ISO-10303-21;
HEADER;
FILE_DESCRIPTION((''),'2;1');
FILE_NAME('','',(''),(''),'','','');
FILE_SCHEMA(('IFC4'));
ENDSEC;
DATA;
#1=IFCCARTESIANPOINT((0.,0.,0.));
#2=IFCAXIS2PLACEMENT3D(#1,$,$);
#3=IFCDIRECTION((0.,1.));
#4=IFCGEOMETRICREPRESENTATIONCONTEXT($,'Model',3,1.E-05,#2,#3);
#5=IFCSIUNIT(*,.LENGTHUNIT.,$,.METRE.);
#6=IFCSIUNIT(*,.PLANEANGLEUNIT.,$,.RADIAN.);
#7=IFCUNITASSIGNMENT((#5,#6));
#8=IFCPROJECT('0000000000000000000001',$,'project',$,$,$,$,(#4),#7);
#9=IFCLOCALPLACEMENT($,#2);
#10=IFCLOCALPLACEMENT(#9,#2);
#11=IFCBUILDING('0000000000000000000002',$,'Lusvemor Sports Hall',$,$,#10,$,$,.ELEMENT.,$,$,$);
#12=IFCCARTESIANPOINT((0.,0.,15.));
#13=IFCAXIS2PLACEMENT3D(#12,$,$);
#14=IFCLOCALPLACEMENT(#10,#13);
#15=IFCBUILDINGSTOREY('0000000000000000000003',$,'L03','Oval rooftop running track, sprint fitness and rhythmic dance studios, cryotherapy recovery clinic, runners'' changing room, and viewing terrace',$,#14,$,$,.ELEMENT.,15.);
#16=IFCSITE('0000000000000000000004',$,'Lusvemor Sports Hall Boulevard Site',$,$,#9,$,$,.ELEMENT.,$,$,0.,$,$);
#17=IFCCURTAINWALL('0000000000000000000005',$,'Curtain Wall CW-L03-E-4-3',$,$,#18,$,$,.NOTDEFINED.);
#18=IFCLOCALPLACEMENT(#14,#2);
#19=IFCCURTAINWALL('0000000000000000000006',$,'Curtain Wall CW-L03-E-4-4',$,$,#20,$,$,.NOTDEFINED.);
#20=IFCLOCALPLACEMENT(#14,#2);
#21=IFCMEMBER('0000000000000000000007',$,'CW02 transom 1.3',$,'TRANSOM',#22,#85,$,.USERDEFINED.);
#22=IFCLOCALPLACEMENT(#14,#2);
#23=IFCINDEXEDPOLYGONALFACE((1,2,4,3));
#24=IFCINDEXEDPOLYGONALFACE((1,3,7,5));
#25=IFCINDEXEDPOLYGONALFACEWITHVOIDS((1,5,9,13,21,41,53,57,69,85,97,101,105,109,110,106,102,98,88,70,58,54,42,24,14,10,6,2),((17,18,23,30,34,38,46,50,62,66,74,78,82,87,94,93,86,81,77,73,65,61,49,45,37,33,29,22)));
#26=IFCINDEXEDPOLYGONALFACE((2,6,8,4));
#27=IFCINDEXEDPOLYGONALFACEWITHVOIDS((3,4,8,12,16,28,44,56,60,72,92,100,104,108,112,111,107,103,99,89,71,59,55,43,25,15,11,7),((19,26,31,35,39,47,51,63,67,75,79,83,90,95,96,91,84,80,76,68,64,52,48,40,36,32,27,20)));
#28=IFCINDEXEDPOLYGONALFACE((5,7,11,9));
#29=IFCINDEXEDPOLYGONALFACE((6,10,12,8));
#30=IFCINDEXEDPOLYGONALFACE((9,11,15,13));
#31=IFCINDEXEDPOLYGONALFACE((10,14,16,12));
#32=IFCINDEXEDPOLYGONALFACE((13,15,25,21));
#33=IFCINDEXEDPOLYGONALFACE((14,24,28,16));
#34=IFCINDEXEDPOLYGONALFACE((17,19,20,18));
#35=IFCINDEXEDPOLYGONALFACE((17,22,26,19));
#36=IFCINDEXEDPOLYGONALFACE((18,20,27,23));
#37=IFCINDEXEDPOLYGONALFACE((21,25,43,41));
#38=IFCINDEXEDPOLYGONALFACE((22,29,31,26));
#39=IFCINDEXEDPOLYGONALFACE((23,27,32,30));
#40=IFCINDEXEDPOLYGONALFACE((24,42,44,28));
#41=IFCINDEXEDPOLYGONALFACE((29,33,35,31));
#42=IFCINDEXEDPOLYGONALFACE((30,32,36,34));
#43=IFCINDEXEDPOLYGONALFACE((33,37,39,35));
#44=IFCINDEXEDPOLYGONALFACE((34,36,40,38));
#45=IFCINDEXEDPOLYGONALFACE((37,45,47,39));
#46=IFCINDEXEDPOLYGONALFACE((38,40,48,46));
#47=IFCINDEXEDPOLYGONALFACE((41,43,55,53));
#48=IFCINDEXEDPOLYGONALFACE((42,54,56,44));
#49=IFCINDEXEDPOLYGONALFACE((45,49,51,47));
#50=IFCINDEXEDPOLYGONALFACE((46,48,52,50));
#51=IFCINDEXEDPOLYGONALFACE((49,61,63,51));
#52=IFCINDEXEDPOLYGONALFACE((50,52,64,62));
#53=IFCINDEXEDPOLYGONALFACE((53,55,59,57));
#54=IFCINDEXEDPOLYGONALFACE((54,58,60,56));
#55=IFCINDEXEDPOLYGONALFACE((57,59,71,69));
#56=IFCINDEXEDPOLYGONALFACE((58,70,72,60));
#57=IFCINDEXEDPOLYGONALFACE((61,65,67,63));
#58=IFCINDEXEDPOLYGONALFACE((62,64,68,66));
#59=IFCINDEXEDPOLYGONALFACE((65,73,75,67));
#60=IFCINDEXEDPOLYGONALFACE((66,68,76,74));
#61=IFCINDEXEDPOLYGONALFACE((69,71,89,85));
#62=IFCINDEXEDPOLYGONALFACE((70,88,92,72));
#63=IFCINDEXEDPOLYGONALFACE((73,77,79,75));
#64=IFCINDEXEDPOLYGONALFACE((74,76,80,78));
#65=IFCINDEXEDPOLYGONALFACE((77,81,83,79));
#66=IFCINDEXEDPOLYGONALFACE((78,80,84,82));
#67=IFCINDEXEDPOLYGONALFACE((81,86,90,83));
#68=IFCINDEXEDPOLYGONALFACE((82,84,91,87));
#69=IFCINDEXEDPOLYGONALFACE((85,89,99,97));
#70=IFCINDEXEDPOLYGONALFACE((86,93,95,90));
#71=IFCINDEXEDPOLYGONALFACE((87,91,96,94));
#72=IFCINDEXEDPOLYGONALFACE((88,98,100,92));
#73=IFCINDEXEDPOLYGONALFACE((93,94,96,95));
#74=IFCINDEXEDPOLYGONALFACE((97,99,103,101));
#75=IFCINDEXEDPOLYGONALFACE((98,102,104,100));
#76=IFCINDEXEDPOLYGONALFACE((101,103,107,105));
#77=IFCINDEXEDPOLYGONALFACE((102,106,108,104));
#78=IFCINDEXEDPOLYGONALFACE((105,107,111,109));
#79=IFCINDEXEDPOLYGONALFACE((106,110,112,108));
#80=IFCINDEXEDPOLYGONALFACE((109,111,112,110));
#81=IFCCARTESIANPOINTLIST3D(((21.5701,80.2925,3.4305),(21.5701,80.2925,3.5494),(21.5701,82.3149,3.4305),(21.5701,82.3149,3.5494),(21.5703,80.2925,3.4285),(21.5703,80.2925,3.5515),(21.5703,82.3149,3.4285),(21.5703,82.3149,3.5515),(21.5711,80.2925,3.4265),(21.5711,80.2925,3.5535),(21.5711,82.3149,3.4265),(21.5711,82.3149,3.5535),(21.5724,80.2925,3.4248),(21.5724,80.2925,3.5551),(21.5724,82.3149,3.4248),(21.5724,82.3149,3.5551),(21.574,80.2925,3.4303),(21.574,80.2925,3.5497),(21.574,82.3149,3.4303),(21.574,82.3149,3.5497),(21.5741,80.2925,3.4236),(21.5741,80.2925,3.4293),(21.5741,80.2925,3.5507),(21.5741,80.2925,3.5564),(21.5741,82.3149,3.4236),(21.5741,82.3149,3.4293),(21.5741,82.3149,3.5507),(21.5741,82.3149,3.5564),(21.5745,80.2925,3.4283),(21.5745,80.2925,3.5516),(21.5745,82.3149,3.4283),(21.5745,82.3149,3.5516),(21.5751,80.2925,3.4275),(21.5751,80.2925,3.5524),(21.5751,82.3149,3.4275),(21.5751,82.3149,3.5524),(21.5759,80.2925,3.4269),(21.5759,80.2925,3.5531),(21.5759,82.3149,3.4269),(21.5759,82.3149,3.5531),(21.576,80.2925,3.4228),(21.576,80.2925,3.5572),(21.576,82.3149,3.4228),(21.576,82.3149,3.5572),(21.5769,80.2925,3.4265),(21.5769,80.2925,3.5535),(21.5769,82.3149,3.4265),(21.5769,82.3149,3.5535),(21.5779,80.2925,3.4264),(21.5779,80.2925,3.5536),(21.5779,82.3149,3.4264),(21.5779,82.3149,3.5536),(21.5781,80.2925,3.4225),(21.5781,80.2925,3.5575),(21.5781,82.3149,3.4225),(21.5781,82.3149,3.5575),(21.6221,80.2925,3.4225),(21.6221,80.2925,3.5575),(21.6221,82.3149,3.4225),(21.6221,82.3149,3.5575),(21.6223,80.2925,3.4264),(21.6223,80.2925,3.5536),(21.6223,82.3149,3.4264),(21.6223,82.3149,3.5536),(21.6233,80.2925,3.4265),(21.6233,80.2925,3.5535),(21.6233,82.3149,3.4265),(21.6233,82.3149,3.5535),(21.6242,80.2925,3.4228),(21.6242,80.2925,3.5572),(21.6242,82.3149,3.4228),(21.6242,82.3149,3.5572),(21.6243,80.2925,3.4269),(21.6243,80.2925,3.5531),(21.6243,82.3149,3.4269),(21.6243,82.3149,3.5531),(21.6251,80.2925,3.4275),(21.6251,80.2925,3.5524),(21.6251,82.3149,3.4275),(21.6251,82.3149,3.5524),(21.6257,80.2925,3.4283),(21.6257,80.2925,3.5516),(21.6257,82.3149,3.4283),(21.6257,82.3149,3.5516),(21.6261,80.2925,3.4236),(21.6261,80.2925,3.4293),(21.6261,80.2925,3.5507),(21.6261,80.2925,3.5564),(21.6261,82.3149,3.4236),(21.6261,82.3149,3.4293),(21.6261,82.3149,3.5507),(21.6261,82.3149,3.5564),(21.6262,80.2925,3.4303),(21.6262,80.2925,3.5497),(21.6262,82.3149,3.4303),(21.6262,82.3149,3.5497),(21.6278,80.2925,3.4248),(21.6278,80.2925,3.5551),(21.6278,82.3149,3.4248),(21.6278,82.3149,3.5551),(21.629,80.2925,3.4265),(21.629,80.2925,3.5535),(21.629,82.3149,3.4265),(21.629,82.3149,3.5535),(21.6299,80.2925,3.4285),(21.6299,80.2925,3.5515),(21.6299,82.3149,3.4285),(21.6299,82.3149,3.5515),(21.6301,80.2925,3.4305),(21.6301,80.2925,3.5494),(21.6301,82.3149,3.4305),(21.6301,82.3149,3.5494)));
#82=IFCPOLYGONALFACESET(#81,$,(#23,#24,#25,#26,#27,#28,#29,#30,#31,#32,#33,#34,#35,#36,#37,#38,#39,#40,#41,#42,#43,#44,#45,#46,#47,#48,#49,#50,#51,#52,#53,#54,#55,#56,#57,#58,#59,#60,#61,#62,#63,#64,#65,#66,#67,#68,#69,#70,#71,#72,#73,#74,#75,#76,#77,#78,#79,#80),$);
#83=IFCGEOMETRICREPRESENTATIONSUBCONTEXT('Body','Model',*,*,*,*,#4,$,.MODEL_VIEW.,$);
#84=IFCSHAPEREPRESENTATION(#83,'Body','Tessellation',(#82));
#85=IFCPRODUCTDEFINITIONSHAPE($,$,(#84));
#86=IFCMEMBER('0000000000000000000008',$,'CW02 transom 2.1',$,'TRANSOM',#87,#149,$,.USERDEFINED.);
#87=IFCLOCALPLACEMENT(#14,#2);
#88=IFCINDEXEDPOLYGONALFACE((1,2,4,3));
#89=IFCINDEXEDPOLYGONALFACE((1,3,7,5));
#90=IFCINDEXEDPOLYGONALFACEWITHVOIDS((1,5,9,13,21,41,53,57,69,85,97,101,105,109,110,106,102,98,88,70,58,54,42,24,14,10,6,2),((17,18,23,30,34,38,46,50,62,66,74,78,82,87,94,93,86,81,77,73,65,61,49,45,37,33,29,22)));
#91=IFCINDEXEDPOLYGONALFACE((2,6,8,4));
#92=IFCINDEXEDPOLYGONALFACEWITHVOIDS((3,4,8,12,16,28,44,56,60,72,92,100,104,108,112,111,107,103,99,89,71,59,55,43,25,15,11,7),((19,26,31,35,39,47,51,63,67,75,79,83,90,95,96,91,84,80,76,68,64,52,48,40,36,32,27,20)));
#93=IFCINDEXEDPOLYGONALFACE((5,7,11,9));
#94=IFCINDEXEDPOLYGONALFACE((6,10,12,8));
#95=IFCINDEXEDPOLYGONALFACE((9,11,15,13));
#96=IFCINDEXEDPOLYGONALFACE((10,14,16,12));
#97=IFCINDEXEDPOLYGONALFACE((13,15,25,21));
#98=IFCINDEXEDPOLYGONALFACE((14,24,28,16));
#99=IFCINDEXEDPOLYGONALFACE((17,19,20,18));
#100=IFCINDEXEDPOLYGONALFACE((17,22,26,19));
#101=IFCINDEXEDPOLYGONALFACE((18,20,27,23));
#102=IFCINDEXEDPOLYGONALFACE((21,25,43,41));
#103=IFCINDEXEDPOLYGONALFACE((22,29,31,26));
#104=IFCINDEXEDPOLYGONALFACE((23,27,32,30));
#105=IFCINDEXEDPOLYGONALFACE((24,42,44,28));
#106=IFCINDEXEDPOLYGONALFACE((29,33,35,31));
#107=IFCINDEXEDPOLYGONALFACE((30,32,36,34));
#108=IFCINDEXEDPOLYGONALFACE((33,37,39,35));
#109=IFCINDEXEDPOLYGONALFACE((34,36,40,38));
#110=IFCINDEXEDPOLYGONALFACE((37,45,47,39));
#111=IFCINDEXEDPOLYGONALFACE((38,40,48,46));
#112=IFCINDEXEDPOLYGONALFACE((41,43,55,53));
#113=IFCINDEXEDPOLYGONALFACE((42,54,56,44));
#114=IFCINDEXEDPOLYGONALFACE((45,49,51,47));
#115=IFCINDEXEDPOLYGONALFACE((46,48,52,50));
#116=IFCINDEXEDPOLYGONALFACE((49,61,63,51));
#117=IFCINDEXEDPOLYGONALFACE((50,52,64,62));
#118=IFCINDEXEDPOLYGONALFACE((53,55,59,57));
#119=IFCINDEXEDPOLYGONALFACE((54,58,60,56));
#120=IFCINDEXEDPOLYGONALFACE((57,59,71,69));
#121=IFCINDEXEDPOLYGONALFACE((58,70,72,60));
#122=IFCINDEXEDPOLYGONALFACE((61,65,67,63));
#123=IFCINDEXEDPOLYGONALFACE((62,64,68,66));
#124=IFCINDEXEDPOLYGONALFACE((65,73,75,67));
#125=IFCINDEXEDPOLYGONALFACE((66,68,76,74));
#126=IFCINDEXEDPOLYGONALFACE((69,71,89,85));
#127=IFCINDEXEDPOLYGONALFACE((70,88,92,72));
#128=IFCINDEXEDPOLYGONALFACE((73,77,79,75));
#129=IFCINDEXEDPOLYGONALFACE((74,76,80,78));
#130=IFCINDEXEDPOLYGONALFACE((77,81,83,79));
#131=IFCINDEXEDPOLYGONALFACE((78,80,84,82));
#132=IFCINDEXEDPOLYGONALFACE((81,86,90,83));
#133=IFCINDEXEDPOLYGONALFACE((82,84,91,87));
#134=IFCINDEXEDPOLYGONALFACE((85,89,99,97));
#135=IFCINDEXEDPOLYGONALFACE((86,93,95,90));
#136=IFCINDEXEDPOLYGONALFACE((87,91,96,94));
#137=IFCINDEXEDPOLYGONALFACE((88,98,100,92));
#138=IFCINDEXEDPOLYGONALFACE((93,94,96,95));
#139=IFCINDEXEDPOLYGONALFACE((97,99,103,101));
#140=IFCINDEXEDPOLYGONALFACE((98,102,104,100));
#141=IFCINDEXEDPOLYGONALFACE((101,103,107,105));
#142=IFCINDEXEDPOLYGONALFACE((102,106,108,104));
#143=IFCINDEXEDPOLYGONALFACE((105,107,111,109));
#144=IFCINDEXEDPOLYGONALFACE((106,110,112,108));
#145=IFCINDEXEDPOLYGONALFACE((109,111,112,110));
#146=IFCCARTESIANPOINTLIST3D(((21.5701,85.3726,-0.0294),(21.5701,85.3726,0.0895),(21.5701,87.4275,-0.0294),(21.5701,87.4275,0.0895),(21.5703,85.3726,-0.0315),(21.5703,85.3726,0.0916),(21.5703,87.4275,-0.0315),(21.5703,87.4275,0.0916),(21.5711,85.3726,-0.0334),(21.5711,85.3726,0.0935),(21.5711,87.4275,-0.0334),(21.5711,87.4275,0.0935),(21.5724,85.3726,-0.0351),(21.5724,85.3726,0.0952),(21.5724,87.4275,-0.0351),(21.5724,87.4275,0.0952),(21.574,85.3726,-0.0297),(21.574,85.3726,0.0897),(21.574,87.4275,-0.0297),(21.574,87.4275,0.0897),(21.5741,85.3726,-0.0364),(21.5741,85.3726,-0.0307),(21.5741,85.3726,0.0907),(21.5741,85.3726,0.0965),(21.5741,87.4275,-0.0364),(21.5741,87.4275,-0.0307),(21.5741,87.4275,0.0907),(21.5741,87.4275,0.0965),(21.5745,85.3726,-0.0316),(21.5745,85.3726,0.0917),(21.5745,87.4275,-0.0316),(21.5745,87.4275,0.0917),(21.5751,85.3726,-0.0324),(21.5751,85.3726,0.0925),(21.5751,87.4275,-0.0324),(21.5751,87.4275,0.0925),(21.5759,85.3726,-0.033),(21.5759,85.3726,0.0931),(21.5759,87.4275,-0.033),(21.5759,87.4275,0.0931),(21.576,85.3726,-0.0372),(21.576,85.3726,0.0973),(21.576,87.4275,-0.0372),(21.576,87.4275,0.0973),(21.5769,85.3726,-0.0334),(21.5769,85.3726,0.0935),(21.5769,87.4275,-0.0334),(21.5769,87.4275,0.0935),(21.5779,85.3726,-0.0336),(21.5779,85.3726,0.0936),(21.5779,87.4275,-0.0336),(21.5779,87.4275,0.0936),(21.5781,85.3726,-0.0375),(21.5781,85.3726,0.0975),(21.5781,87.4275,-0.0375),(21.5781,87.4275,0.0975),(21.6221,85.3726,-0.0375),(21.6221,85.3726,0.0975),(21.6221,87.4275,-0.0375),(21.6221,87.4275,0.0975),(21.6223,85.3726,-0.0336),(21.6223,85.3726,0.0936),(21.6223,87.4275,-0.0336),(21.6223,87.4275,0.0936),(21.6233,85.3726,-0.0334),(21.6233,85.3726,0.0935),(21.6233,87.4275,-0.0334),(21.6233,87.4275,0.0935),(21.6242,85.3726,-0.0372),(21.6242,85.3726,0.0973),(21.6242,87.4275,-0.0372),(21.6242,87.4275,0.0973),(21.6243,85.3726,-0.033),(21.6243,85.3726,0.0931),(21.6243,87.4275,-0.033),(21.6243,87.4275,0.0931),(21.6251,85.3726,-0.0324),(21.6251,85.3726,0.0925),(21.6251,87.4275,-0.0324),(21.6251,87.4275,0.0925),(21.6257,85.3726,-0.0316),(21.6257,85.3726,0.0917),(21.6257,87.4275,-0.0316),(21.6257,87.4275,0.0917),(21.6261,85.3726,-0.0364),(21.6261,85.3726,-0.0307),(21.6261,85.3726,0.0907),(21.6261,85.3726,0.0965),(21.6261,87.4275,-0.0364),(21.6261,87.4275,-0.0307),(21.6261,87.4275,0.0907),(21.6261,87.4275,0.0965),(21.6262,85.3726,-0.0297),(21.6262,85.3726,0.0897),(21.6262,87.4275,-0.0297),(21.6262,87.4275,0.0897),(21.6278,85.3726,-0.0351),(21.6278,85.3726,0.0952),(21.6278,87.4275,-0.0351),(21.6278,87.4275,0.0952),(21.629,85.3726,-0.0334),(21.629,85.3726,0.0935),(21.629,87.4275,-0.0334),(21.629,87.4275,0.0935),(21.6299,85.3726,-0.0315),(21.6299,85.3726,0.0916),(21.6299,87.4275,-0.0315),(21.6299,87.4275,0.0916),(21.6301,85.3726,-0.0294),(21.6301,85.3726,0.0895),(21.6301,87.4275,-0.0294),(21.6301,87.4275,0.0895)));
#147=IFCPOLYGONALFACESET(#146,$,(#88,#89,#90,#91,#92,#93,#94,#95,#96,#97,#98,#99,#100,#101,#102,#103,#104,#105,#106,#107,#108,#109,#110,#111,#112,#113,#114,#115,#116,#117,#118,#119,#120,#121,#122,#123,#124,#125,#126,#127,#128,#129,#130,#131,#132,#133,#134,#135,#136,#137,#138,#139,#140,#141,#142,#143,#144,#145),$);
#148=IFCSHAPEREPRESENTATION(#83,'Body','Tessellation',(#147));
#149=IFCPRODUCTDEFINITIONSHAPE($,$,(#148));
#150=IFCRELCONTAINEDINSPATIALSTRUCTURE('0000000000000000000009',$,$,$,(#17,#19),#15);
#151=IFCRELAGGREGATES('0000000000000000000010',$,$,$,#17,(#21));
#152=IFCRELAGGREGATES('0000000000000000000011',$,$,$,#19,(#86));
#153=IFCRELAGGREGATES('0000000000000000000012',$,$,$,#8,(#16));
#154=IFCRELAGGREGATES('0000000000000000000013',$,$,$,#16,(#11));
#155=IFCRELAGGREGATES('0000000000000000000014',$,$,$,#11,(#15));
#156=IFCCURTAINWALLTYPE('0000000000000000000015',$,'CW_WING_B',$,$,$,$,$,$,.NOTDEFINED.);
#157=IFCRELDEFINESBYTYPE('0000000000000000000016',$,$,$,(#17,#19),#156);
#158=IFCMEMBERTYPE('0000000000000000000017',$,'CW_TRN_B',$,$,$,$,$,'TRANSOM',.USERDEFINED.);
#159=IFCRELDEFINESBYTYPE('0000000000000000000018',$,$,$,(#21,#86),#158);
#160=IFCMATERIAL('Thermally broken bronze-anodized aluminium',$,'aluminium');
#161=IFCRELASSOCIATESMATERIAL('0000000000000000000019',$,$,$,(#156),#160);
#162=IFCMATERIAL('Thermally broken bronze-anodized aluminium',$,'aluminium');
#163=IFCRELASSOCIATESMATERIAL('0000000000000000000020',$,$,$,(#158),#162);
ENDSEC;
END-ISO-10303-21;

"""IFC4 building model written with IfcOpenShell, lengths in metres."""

from ifc_helpers import new_model, si_unit, direction, frame, origin, origin_2d, place, context, subcontext, project, spatial, hollow_rectangle, extrude, material, material_profile, profile_set, type_object, element, aggregate, save


model = new_model("IFC4")

# Units and contexts
model_context = context("Model", 3, precision=1e-05, world=origin(), true_north=direction((0.0, 1.0)))
body_context = subcontext(model_context, "Body", "Model", "MODEL_VIEW")
ifc_project = project(units=[si_unit("LENGTHUNIT", "METRE"), si_unit("PLANEANGLEUNIT", "RADIAN")], contexts=[model_context])

# Site, building, storey
site_placement = place(None, origin())
site = spatial("IfcSite", under=ifc_project, at=site_placement, Name="Lusvemor Sports Hall Boulevard Site", CompositionType="ELEMENT", RefElevation=0.0)
building_placement = place(site_placement, origin())
building = spatial("IfcBuilding", under=site, at=building_placement, Name="Lusvemor Sports Hall", CompositionType="ELEMENT")
storey_placement = place(building_placement, frame((0.0, 0.0, 15.0)))
storey = spatial("IfcBuildingStorey", under=building, at=storey_placement, Name="L03", Description="Oval rooftop running track, sprint fitness and rhythmic dance studios, cryotherapy recovery clinic, runners' changing room, and viewing terrace", CompositionType="ELEMENT", Elevation=15.0)

# Curtain wall
ifc_material_1 = material(Name="Thermally broken bronze-anodized aluminium", Category="aluminium")
curtain_wall_type = type_object("IfcCurtainWallType", Name="CW_WING_B", PredefinedType="NOTDEFINED", material=ifc_material_1)
curtain_wall_1_placement = place(storey_placement, origin())
curtain_wall_1 = element("IfcCurtainWall", 1, at=curtain_wall_1_placement, inside=storey, type_object=curtain_wall_type, Name="Curtain Wall CW-L03-E-4-3", PredefinedType="NOTDEFINED")

# Curtain wall
curtain_wall_2_placement = place(storey_placement, origin())
curtain_wall_2 = element("IfcCurtainWall", 2, at=curtain_wall_2_placement, inside=storey, type_object=curtain_wall_type, Name="Curtain Wall CW-L03-E-4-4", PredefinedType="NOTDEFINED")

# Members
ifc_material_2 = material(Name="Thermally broken bronze-anodized aluminium", Category="aluminium")
ifc_material_profile_1 = material_profile(ifc_material_2, hollow_rectangle(XDim=0.0601, YDim=0.135, WallThickness=0.0039, InnerFilletRadius=0.0039, OuterFilletRadius=0.0081, at=origin_2d()), Name="CWTRN135x60x4")
ifc_profile_set_1 = profile_set([ifc_material_profile_1], Name="Thermally broken bronze-anodized aluminium")
member_type_1 = type_object("IfcMemberType", Name="CW_TRN_B", ElementType="TRANSOM", PredefinedType="USERDEFINED", material=ifc_profile_set_1)
member_1_placement = place(storey_placement, frame((21.6001, 82.3149, 3.49), z_axis=(0.0, -1.0, 0.0), x_axis=(1.0, 0.0, 0.0)))
member_1 = element("IfcMember", 3, at=member_1_placement, type_object=member_type_1, Name="CW02 transom 1.3", ObjectType="TRANSOM", PredefinedType="USERDEFINED", context=body_context, shape_type="SweptSolid", body=[
    extrude(hollow_rectangle(XDim=0.0601, YDim=0.135, WallThickness=0.0039, InnerFilletRadius=0.0039, OuterFilletRadius=0.0081, at=origin_2d()), origin(), (0.0, 0.0, 1.0), 2.0225),
])
aggregate(curtain_wall_1, [member_1])
member_2_placement = place(storey_placement, frame((21.6001, 87.4275, 0.03), z_axis=(0.0, -1.0, 0.0), x_axis=(1.0, 0.0, 0.0)))
member_2 = element("IfcMember", 4, at=member_2_placement, type_object=member_type_1, Name="CW02 transom 2.1", ObjectType="TRANSOM", PredefinedType="USERDEFINED", context=body_context, shape_type="SweptSolid", body=[
    extrude(hollow_rectangle(XDim=0.0601, YDim=0.135, WallThickness=0.0039, InnerFilletRadius=0.0039, OuterFilletRadius=0.0081, at=origin_2d()), origin(), (0.0, 0.0, 1.0), 2.0549),
])

aggregate(curtain_wall_2, [member_2])

save(model, "model.ifc")
